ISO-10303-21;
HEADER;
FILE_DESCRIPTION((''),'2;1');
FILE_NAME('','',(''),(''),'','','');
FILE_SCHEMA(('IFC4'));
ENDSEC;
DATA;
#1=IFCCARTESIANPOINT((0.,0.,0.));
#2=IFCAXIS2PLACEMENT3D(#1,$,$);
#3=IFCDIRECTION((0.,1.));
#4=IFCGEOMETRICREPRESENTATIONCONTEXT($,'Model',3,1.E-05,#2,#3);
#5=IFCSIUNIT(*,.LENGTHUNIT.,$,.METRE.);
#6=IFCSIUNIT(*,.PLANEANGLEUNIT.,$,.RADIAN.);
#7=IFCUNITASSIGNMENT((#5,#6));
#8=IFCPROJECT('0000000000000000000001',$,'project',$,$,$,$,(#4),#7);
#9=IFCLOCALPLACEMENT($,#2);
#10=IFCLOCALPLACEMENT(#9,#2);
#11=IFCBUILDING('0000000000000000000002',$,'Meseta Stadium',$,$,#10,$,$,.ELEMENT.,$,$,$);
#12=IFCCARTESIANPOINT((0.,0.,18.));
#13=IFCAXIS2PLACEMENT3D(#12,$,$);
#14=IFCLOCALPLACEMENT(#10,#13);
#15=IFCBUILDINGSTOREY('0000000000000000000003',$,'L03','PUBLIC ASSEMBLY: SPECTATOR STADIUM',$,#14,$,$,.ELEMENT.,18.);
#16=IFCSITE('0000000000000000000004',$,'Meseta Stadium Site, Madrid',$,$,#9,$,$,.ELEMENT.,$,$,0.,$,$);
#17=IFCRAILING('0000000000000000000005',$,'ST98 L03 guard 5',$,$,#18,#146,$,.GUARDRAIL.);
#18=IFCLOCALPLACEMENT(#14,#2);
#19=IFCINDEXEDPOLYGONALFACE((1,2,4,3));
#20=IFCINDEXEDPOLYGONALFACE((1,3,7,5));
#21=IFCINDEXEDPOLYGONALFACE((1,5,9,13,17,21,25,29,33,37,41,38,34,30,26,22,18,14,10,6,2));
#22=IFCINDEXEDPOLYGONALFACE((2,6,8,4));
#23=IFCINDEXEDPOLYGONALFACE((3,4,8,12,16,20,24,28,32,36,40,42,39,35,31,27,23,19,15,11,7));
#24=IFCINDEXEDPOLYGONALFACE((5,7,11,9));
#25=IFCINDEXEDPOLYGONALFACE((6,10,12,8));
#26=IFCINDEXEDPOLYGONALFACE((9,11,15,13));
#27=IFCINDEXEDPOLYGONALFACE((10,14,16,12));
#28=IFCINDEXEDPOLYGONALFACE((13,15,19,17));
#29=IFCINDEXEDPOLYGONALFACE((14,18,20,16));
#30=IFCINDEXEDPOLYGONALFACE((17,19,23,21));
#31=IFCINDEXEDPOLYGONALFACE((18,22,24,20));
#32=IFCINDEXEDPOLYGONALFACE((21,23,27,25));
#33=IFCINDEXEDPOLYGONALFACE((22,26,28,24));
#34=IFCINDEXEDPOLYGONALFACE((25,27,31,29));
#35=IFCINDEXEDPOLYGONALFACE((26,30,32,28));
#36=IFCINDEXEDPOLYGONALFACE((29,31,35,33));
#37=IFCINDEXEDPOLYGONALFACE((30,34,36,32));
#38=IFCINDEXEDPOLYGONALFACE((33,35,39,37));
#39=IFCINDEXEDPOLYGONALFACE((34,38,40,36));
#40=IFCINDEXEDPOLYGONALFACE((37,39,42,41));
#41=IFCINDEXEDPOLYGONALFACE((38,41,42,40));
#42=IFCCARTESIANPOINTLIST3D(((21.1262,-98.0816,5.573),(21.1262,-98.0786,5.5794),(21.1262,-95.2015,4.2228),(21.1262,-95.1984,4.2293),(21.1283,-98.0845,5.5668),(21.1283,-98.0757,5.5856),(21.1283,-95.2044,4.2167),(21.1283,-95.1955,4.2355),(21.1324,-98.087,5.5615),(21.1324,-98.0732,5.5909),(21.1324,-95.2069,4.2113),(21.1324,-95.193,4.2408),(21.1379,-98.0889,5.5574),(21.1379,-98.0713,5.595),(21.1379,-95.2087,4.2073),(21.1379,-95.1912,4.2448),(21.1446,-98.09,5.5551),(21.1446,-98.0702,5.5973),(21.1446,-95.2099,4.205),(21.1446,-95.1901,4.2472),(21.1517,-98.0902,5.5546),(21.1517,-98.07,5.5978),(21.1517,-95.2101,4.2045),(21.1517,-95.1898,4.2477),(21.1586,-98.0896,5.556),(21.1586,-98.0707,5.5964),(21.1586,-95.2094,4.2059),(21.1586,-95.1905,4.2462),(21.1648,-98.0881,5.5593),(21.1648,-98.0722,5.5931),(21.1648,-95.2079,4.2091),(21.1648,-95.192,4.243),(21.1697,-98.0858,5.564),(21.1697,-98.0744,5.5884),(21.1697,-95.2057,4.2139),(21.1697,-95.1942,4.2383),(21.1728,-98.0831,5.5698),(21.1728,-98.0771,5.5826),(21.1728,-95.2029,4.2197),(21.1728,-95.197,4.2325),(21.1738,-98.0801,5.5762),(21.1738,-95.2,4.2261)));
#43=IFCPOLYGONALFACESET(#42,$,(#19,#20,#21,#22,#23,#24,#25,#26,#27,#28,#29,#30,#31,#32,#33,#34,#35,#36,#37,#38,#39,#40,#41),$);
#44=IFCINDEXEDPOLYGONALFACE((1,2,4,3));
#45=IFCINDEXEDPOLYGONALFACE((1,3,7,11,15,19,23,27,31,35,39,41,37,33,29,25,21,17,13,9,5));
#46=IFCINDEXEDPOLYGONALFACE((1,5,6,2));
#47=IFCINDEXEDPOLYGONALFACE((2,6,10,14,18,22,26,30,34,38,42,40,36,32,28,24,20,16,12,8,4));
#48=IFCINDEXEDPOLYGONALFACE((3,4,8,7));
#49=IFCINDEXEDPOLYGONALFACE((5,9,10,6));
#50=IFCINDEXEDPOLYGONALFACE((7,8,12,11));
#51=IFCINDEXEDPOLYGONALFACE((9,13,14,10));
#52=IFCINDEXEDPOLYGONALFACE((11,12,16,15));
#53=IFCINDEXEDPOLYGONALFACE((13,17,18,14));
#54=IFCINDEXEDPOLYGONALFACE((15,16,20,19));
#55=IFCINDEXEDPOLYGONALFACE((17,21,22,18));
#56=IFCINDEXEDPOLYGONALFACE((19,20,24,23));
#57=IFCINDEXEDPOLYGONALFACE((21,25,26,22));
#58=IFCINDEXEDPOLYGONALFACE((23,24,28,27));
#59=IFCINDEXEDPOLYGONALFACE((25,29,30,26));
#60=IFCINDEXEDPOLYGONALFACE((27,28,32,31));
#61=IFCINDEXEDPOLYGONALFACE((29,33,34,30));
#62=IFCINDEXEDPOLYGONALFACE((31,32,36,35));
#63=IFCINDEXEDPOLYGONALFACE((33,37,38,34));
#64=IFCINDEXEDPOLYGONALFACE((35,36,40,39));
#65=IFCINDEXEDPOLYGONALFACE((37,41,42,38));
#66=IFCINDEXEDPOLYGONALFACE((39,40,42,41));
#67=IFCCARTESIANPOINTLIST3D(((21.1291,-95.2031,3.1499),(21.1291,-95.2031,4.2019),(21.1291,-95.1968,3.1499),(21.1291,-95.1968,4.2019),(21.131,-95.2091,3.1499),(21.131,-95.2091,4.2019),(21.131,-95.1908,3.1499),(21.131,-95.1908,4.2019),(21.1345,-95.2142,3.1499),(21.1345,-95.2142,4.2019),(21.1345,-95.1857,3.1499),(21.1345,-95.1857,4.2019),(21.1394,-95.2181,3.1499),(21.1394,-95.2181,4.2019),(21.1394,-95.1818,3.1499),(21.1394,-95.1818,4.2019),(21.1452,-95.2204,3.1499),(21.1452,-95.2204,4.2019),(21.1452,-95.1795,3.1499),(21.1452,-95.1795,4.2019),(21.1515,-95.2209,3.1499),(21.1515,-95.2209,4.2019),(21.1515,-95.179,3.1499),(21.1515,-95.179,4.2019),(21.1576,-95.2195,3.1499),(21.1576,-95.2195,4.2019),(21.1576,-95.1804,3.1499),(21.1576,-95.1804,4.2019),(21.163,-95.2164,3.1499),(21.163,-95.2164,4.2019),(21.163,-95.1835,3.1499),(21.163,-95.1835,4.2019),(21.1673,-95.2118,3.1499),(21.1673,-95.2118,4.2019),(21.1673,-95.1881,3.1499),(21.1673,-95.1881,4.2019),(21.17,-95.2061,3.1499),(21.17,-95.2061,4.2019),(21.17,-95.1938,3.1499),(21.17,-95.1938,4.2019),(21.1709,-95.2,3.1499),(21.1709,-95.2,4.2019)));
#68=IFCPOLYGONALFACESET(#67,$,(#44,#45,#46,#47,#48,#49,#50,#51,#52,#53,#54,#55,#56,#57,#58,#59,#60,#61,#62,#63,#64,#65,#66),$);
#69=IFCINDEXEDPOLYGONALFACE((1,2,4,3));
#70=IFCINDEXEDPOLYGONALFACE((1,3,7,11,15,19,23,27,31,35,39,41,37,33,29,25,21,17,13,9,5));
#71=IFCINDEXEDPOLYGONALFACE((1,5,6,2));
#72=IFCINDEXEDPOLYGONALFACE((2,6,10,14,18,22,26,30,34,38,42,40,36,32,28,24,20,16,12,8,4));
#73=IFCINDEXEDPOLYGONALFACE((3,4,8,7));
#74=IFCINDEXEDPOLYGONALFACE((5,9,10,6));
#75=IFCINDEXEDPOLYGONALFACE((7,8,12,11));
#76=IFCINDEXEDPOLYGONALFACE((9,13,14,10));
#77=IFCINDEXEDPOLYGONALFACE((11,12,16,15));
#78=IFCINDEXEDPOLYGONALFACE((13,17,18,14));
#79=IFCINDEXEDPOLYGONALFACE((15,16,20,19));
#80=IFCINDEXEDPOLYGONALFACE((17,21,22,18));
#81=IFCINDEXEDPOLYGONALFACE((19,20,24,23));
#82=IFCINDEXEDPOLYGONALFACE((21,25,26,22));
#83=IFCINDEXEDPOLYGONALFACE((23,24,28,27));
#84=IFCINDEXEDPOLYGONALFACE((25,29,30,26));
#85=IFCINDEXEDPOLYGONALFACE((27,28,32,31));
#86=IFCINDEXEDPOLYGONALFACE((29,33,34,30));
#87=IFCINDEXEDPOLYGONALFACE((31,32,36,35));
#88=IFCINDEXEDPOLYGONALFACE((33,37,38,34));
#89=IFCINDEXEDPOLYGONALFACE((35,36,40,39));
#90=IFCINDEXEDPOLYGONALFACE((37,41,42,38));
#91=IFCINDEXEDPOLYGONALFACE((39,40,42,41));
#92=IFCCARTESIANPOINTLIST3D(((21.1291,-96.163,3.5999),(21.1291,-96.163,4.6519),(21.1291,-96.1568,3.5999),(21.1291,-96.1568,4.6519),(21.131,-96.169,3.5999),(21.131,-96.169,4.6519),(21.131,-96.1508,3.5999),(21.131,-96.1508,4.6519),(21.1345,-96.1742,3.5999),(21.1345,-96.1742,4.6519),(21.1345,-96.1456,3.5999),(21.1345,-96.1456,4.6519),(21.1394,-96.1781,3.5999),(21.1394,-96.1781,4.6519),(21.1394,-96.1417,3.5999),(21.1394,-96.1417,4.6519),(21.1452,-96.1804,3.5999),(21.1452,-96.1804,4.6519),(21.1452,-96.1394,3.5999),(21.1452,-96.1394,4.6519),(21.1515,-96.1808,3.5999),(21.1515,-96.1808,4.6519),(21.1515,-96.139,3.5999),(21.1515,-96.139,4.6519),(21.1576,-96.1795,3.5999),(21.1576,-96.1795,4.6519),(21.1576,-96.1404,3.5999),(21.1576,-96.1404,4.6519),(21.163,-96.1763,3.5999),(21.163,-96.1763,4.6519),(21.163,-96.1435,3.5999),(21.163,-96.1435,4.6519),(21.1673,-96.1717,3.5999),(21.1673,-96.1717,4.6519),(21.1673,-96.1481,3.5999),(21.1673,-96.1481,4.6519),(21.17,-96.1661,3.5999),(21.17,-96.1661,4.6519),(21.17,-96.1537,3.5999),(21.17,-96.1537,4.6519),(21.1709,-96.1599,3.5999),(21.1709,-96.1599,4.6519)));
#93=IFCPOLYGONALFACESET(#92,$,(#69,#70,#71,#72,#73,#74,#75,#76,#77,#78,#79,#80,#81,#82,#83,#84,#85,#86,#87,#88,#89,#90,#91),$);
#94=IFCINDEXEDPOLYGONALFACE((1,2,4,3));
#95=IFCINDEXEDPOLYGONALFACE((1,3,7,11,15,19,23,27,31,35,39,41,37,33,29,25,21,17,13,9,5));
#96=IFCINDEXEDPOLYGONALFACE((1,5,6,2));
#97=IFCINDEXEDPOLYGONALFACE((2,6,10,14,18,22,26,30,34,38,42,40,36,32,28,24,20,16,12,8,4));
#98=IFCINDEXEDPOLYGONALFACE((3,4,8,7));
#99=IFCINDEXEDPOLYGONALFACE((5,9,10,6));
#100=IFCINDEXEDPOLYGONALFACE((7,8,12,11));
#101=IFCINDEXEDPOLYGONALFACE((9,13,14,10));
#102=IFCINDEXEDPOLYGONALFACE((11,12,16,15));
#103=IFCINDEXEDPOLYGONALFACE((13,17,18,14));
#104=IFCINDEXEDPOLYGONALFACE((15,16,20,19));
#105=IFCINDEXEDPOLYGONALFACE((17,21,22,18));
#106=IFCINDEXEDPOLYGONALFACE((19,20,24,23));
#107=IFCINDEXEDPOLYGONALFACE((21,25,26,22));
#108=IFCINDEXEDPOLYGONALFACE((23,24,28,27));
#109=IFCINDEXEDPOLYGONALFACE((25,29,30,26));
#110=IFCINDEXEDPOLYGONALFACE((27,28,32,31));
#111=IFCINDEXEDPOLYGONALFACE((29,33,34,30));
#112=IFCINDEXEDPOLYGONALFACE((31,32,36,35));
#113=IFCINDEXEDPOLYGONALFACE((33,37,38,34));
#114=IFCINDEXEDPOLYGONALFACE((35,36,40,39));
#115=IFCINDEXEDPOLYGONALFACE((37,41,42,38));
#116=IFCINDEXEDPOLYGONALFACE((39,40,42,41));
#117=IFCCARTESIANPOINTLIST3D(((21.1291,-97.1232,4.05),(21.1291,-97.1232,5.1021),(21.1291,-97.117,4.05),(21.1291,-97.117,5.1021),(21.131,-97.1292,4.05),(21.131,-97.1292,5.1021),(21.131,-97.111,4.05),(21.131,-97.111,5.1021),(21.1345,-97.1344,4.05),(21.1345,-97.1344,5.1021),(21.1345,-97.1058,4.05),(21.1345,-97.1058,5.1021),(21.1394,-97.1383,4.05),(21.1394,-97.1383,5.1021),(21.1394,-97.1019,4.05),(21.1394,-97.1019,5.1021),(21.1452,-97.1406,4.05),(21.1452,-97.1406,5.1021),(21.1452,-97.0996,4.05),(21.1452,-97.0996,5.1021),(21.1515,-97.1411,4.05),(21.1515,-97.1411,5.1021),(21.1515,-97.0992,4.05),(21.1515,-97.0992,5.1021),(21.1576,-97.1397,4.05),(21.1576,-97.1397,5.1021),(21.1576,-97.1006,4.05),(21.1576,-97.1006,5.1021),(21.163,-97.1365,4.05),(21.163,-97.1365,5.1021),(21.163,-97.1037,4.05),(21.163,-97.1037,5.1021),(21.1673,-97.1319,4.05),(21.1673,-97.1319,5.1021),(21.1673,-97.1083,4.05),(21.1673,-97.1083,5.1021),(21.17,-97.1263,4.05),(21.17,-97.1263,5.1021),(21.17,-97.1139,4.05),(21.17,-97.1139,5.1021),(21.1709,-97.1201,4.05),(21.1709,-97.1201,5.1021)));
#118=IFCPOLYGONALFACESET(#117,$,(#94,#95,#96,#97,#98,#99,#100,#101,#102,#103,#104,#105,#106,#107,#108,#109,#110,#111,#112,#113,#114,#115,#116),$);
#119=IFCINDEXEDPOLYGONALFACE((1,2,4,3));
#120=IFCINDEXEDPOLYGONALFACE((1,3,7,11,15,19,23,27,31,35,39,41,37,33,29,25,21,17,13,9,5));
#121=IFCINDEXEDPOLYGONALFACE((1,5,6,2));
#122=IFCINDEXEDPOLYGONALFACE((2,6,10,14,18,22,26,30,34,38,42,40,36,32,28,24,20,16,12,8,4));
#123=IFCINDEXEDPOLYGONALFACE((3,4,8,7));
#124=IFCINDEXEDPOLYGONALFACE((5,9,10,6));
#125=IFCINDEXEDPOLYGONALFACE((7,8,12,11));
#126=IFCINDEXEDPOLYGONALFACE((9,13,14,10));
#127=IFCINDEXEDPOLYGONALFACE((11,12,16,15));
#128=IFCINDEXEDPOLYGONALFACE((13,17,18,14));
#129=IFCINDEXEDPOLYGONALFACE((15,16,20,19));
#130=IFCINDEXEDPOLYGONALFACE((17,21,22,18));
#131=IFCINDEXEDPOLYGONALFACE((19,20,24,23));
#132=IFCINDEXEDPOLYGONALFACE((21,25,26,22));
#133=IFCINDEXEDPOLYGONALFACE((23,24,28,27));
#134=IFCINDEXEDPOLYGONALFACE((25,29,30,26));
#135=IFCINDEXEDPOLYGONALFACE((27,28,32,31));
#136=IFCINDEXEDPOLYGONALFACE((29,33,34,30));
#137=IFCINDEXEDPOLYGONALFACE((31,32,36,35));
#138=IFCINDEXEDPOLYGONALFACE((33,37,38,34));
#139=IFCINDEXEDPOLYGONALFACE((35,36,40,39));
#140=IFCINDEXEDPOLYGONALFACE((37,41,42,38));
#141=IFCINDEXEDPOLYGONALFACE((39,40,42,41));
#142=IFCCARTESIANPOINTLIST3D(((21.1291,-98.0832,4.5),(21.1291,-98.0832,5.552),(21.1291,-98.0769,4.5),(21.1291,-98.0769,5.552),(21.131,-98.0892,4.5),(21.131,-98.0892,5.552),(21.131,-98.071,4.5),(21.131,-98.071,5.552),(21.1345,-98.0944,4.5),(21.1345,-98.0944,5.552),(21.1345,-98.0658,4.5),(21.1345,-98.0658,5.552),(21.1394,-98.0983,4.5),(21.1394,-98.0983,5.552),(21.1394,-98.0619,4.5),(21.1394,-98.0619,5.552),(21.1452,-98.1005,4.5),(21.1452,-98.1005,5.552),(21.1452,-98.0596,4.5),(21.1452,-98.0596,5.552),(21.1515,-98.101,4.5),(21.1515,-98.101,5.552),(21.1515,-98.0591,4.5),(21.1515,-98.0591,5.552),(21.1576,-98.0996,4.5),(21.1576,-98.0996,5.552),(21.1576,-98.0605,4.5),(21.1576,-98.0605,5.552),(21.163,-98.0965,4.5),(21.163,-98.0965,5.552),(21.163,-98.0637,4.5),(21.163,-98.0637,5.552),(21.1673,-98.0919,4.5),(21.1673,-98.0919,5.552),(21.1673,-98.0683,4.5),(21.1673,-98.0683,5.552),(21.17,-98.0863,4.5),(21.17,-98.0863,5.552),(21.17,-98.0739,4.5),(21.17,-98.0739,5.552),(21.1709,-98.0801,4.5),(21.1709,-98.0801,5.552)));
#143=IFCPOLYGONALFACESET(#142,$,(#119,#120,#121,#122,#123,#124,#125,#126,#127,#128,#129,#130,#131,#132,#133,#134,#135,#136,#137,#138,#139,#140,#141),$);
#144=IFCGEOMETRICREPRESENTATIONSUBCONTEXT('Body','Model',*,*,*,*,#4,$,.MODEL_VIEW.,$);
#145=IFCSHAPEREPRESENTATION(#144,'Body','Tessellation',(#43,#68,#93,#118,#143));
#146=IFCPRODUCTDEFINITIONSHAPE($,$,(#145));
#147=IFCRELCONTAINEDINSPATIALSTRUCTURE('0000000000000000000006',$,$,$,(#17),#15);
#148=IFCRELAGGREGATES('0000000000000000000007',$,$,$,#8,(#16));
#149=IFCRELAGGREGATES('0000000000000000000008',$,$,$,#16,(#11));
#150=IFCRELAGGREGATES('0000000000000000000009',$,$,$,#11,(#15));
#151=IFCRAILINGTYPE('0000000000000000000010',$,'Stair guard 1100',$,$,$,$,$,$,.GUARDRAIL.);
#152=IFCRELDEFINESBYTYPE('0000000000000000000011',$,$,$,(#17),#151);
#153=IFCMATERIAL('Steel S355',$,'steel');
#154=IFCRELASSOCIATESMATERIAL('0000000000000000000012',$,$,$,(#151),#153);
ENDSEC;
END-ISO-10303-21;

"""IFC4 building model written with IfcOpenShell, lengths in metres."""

from ifc_helpers import new_model, si_unit, direction, frame, origin, origin_2d, place, context, subcontext, project, spatial, circle, extrude, material, type_object, element, save


model = new_model("IFC4")

# Units and contexts
model_context = context("Model", 3, precision=1e-05, world=origin(), true_north=direction((0.0, 1.0)))
body_context = subcontext(model_context, "Body", "Model", "MODEL_VIEW")
ifc_project = project(units=[si_unit("LENGTHUNIT", "METRE"), si_unit("PLANEANGLEUNIT", "RADIAN")], contexts=[model_context])

# Site, building, storey
site_placement = place(None, origin())
site = spatial("IfcSite", under=ifc_project, at=site_placement, Name="Meseta Stadium Site, Madrid", CompositionType="ELEMENT", RefElevation=0.0)
building_placement = place(site_placement, origin())
building = spatial("IfcBuilding", under=site, at=building_placement, Name="Meseta Stadium", CompositionType="ELEMENT")
storey_placement = place(building_placement, frame((0.0, 0.0, 18.0)))
storey = spatial("IfcBuildingStorey", under=building, at=storey_placement, Name="L03", Description="PUBLIC ASSEMBLY: SPECTATOR STADIUM", CompositionType="ELEMENT", Elevation=18.0)

# Railing
ifc_material_1 = material(Name="Steel S355", Category="steel")
railing_type_1 = type_object("IfcRailingType", Name="Stair guard 1100", PredefinedType="GUARDRAIL", material=ifc_material_1)
railing_1_placement = place(storey_placement, frame((21.1499, -95.2, 3.1499)))
element("IfcRailing", 1, at=railing_1_placement, inside=storey, type_object=railing_type_1, Name="ST98 L03 guard 5", PredefinedType="GUARDRAIL", context=body_context, shape_type="SweptSolid", body=[
    extrude(circle(Radius=0.0239, at=origin_2d()), frame((0.0, 0.0, 1.0762), z_axis=(0.0, -0.905454, 0.424444), x_axis=(1.0, 0.0, 0.0)), (0.0, 0.0, 1.0), 3.1809),
    extrude(circle(Radius=0.021, at=origin_2d()), origin(), (0.0, 0.0, 1.0), 1.052),
    extrude(circle(Radius=0.021, at=origin_2d()), frame((0.0, -0.96, 0.45)), (0.0, 0.0, 1.0), 1.052),
    extrude(circle(Radius=0.021, at=origin_2d()), frame((0.0, -1.9202, 0.9001)), (0.0, 0.0, 1.0), 1.052),
    extrude(circle(Radius=0.021, at=origin_2d()), frame((0.0, -2.8801, 1.3501)), (0.0, 0.0, 1.0), 1.052),
])

save(model, "model.ifc")
